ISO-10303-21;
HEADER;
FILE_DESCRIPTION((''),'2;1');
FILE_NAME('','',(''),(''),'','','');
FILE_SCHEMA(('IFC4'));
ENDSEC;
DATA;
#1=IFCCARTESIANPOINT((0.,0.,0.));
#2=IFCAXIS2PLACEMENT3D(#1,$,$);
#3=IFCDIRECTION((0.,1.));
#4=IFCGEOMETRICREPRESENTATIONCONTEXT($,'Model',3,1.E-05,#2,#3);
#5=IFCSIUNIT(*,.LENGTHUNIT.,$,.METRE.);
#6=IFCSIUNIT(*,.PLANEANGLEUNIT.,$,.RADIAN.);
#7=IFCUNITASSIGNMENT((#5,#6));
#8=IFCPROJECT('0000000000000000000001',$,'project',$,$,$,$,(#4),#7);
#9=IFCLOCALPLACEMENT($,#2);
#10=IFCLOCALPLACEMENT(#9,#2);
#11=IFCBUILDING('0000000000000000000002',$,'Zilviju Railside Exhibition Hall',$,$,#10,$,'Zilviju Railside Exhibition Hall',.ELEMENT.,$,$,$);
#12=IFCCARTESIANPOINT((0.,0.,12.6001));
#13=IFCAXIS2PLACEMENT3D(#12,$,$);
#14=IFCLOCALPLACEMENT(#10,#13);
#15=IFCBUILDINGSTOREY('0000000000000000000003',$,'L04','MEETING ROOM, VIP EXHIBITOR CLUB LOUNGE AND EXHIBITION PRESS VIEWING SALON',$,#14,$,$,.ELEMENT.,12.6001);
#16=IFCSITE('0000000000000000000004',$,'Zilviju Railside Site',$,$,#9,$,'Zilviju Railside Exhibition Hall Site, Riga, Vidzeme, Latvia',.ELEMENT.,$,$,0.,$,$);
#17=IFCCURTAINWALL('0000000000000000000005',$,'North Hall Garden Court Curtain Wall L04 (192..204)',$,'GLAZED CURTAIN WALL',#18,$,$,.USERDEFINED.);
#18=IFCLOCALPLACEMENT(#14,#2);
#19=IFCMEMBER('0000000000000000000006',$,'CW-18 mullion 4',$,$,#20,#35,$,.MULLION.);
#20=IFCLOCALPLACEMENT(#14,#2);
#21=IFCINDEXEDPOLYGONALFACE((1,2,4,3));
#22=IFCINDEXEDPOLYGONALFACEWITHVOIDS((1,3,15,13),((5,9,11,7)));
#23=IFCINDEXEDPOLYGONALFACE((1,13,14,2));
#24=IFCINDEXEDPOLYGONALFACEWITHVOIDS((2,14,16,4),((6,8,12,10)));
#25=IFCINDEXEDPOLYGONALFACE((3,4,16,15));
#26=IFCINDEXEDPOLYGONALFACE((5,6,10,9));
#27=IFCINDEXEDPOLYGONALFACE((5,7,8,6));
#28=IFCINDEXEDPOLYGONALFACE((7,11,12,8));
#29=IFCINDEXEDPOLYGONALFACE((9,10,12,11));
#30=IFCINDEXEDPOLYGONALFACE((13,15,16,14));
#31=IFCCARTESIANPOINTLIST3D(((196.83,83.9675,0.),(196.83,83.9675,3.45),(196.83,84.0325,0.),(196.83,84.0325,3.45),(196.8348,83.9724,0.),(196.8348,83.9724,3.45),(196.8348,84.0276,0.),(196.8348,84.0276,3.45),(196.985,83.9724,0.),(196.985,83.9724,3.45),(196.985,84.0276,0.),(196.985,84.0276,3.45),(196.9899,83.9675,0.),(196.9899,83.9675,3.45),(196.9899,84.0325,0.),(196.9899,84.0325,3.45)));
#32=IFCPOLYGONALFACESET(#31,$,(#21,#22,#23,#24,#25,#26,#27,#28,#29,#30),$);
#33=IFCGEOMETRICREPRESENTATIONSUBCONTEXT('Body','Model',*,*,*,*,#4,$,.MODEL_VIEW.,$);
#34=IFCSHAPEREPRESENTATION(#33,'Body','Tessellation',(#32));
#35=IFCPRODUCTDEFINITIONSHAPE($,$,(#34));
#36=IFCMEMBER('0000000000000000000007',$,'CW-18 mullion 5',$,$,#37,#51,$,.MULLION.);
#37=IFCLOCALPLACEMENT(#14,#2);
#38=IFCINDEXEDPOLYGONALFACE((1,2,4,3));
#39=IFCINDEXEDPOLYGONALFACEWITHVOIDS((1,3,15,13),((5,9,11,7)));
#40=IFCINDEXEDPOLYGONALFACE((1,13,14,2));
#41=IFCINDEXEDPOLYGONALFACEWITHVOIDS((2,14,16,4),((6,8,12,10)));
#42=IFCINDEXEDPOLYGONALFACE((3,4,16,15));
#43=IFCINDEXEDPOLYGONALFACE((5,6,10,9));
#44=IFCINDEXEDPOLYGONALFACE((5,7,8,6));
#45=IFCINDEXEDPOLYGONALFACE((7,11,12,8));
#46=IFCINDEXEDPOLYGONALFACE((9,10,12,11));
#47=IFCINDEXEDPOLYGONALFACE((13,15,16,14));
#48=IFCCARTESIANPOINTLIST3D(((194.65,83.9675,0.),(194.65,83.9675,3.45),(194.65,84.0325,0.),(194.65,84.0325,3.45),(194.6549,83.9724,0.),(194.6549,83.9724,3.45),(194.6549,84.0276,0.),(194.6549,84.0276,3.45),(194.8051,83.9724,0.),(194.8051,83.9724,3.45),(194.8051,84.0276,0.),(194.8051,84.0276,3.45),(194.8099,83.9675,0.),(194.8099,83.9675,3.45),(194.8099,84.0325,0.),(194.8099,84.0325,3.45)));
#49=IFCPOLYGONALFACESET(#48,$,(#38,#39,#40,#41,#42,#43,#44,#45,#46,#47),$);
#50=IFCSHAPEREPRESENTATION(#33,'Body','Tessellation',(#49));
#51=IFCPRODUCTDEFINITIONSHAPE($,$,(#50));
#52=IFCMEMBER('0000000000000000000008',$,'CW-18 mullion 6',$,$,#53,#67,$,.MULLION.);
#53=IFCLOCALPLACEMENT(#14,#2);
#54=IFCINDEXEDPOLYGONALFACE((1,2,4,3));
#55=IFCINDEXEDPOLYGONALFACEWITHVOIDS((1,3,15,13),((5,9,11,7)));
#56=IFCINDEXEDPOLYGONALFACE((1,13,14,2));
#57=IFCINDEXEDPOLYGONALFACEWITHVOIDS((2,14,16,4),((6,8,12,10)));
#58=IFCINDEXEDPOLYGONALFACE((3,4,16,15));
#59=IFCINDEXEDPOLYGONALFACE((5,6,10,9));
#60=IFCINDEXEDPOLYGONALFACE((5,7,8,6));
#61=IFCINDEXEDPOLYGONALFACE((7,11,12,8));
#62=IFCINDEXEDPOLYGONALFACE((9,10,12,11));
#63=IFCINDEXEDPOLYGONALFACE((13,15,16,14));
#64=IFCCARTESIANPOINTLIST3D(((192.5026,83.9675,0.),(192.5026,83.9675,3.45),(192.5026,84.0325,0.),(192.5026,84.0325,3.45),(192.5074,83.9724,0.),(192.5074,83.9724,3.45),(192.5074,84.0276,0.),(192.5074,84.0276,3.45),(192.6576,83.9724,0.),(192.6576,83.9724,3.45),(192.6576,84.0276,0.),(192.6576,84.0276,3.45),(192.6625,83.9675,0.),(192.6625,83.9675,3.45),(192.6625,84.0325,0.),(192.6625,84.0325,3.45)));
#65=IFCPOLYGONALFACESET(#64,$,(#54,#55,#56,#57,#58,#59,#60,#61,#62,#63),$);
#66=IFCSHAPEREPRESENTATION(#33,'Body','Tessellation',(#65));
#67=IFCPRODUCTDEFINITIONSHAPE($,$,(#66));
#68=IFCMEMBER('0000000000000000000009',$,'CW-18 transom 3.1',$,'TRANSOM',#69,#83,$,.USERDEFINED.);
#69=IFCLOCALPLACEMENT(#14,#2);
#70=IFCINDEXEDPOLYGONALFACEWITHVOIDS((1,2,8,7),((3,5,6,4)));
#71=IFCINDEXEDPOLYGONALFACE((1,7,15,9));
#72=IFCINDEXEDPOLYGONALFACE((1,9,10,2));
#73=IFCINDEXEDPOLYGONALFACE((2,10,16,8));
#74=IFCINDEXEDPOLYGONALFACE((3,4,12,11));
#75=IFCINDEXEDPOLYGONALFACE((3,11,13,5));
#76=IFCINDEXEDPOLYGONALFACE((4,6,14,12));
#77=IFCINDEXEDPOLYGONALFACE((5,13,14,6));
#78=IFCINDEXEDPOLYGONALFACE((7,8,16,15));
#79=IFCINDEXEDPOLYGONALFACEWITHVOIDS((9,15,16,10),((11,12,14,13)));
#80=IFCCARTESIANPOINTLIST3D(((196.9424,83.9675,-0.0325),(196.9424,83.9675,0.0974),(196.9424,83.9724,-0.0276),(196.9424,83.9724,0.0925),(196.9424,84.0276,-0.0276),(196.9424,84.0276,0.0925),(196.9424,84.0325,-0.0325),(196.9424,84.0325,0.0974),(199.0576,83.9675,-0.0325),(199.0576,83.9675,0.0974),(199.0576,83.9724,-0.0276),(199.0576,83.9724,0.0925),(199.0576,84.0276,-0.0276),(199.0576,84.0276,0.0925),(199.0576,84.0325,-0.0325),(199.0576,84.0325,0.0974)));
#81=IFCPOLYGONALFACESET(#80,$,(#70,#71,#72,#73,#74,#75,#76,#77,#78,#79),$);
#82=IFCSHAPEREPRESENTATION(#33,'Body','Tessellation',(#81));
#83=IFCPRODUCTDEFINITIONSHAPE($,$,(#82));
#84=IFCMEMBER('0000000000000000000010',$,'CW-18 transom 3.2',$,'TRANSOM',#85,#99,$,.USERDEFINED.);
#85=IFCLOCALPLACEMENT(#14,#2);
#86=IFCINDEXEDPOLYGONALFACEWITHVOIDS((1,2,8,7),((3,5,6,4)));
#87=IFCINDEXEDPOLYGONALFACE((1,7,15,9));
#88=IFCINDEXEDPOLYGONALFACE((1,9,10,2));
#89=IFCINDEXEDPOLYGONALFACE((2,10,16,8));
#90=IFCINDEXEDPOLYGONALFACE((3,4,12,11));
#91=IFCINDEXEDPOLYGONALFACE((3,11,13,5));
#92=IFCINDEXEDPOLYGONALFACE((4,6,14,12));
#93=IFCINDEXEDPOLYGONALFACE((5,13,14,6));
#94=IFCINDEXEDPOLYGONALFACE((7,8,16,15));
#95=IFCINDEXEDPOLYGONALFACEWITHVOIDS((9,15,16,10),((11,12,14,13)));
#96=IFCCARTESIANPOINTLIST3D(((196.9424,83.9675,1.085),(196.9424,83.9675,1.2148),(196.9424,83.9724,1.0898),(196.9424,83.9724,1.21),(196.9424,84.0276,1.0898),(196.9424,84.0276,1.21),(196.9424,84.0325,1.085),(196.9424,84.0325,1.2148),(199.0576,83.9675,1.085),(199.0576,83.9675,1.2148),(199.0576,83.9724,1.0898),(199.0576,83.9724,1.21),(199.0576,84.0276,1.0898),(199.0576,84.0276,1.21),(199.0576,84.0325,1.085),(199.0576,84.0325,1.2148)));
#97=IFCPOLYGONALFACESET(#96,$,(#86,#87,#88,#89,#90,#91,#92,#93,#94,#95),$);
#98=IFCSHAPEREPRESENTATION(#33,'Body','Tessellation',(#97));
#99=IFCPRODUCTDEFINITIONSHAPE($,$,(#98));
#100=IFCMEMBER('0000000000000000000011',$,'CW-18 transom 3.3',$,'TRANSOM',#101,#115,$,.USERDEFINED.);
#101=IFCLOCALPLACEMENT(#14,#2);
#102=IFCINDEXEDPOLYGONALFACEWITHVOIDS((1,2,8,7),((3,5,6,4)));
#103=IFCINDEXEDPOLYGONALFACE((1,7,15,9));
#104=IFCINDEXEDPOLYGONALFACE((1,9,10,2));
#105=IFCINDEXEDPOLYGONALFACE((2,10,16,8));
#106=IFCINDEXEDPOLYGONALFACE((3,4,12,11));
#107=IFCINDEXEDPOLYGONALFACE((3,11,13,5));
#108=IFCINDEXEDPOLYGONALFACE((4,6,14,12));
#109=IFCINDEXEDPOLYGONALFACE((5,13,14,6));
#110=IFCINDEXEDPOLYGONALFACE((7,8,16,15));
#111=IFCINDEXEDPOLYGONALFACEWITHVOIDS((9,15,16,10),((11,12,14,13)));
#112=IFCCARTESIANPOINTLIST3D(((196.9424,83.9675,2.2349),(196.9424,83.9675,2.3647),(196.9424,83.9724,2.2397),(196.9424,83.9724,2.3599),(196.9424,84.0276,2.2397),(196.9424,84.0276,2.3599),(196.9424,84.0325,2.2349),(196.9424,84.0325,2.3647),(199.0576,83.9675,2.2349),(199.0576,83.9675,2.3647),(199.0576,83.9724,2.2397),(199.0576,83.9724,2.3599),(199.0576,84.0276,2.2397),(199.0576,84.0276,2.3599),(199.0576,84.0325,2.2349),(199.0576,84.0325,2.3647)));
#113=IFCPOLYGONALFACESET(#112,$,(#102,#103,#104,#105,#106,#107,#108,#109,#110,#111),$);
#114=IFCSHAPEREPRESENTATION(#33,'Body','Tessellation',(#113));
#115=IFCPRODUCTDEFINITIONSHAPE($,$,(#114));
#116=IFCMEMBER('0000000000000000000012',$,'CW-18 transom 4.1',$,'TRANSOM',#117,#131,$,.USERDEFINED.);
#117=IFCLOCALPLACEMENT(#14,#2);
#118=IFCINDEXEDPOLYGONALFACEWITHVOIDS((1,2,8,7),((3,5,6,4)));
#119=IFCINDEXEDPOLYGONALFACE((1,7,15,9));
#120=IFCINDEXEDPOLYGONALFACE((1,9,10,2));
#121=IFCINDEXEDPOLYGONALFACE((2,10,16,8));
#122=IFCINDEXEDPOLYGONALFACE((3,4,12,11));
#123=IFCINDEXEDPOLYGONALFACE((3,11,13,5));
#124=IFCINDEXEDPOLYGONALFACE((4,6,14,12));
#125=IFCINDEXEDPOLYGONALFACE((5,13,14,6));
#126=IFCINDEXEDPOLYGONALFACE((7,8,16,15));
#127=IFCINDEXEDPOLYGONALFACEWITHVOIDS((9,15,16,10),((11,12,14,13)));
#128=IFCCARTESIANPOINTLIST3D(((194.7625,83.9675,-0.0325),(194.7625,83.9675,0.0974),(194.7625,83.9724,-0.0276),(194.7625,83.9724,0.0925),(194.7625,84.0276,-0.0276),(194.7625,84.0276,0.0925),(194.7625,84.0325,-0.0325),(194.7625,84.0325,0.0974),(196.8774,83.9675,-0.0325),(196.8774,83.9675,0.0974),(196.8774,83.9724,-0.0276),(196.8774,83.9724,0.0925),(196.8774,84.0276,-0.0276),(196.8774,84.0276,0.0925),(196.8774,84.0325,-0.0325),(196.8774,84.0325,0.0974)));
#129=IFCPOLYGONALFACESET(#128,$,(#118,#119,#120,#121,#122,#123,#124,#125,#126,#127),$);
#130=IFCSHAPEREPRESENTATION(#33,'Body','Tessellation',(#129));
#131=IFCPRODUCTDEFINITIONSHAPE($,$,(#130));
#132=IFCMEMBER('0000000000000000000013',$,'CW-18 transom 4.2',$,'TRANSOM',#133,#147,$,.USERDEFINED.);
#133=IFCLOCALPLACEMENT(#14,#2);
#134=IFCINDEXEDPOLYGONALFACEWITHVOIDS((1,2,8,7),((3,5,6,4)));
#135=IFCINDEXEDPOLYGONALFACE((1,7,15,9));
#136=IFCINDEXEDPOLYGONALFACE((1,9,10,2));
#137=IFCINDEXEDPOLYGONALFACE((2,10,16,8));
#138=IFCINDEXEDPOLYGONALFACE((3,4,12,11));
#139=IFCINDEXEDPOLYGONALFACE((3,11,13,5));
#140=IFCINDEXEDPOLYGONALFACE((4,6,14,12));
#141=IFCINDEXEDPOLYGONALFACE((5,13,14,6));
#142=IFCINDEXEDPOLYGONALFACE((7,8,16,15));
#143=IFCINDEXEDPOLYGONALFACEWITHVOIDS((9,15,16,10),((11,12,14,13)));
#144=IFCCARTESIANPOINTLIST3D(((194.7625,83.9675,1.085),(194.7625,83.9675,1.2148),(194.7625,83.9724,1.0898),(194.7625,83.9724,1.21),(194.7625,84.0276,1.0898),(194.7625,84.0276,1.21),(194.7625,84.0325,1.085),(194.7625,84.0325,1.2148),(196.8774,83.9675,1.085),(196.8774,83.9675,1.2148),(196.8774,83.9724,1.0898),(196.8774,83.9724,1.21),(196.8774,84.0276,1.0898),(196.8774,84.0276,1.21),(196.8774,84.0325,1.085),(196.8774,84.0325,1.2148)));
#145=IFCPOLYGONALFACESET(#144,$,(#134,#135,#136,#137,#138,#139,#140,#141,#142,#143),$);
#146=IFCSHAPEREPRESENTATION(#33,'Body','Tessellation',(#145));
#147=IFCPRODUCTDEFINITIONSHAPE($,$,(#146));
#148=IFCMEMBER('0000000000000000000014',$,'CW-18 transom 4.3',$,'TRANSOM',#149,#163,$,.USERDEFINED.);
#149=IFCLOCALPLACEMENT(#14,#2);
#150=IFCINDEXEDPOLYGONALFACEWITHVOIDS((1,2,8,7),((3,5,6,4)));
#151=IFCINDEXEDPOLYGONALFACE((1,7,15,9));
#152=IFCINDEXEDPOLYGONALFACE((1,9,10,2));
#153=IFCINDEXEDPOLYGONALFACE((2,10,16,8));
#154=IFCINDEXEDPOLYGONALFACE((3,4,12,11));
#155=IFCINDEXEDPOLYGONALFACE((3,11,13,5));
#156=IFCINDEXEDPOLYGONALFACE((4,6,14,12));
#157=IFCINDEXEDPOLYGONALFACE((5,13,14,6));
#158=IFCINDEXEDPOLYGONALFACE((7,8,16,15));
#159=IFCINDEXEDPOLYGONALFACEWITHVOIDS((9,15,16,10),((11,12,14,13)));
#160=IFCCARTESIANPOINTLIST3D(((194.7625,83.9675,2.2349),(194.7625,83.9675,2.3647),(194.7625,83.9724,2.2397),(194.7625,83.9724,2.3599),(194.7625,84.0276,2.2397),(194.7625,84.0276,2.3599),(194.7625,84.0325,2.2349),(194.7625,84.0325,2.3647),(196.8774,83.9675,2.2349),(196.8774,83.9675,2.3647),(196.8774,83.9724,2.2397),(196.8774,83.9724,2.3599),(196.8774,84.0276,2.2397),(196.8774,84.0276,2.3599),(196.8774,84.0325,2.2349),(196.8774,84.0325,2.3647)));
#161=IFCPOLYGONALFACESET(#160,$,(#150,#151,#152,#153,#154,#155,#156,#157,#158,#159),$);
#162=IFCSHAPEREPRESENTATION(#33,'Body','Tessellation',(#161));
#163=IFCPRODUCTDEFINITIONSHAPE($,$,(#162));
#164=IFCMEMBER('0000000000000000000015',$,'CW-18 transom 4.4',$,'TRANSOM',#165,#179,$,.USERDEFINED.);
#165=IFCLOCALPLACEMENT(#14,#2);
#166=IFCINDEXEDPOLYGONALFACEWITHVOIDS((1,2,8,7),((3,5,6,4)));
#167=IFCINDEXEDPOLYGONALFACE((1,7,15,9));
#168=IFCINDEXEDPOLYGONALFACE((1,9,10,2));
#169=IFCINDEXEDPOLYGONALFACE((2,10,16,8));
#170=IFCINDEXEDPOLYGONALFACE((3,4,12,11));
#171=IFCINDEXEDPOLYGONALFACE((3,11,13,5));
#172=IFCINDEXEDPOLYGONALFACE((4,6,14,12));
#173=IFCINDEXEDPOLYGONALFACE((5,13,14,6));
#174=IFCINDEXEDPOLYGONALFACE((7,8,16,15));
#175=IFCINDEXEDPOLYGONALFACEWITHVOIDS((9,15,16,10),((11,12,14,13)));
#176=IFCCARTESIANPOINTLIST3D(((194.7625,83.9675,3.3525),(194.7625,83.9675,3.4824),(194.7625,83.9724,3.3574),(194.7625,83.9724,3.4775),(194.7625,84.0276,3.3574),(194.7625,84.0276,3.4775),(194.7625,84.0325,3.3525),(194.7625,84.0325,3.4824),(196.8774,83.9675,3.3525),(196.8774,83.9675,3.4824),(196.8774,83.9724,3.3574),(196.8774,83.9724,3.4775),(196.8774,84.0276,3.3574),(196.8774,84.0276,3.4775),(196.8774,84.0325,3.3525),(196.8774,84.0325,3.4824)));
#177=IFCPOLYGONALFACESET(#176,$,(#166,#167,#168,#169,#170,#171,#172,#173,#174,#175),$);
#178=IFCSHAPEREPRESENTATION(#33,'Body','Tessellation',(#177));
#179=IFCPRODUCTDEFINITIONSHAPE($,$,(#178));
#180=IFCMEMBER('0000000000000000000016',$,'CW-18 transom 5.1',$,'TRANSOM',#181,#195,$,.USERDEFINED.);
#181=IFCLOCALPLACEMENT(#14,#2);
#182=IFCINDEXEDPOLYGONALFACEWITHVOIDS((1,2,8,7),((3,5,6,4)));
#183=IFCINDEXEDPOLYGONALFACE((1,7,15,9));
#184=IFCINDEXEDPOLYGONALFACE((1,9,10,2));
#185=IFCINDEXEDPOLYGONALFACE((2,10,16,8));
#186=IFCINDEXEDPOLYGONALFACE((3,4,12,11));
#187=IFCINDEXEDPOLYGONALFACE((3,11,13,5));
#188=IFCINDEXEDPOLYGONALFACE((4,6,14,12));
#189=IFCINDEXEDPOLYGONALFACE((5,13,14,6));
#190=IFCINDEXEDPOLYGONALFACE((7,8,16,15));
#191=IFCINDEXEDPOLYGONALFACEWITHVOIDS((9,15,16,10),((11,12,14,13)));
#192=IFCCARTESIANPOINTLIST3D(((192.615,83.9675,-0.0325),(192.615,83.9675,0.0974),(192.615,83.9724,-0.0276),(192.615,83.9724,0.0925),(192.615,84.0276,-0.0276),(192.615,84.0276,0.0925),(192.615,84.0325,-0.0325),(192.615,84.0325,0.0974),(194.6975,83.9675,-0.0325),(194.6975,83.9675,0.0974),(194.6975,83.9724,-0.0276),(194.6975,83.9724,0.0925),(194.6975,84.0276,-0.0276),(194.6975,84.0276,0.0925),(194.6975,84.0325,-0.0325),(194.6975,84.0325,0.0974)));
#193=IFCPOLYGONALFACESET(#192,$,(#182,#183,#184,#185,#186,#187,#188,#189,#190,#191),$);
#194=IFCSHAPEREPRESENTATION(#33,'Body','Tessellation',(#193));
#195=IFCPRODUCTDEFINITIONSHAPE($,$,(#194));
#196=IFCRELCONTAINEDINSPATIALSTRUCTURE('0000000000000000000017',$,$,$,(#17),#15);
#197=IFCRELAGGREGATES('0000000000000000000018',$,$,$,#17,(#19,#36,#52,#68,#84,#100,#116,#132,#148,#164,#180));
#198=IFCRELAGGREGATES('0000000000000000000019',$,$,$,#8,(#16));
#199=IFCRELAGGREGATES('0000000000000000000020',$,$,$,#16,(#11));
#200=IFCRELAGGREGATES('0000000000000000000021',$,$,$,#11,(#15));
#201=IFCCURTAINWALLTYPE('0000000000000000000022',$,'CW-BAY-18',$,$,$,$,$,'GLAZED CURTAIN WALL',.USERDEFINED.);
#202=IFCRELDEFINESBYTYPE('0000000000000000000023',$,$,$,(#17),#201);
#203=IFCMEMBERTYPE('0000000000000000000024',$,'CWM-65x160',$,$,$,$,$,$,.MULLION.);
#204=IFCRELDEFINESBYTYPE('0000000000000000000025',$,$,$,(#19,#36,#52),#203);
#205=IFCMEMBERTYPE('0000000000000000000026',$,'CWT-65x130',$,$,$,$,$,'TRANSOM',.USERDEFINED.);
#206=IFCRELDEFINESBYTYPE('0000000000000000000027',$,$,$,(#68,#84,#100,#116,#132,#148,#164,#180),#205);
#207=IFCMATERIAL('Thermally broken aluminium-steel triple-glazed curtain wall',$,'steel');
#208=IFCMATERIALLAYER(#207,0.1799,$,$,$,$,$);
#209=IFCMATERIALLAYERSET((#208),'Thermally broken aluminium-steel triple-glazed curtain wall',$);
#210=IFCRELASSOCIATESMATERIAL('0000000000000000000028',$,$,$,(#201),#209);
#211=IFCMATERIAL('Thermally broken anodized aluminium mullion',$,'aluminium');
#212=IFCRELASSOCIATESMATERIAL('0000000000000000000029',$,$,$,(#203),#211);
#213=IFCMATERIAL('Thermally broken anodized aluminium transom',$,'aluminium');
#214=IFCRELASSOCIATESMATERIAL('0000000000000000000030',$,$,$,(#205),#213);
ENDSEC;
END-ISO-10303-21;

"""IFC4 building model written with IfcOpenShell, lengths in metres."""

from ifc_helpers import new_model, si_unit, direction, frame, origin, origin_2d, place, context, subcontext, project, spatial, hollow_rectangle, extrude, material, layer, layer_set, material_profile, profile_set, type_object, element, aggregate, save


model = new_model("IFC4")

# Units and contexts
model_context = context("Model", 3, precision=1e-05, world=origin(), true_north=direction((0.0, 1.0)))
body_context = subcontext(model_context, "Body", "Model", "MODEL_VIEW")
ifc_project = project(units=[si_unit("LENGTHUNIT", "METRE"), si_unit("PLANEANGLEUNIT", "RADIAN")], contexts=[model_context])

# Site, building, storey
site_placement = place(None, origin())
site = spatial("IfcSite", under=ifc_project, at=site_placement, Name="Zilviju Railside Site", LongName="Zilviju Railside Exhibition Hall Site, Riga, Vidzeme, Latvia", CompositionType="ELEMENT", RefElevation=0.0)
building_placement = place(site_placement, origin())
building = spatial("IfcBuilding", under=site, at=building_placement, Name="Zilviju Railside Exhibition Hall", LongName="Zilviju Railside Exhibition Hall", CompositionType="ELEMENT")
storey_placement = place(building_placement, frame((0.0, 0.0, 12.6001)))
storey = spatial("IfcBuildingStorey", under=building, at=storey_placement, Name="L04", Description="MEETING ROOM, VIP EXHIBITOR CLUB LOUNGE AND EXHIBITION PRESS VIEWING SALON", CompositionType="ELEMENT", Elevation=12.6001)

# Curtain wall, members
ifc_material_1 = material(Name="Thermally broken aluminium-steel triple-glazed curtain wall", Category="steel")
ifc_layer_1 = layer(ifc_material_1, 0.1799)
ifc_layer_set_1 = layer_set([ifc_layer_1], Name="Thermally broken aluminium-steel triple-glazed curtain wall")
curtain_wall_type = type_object("IfcCurtainWallType", Name="CW-BAY-18", ElementType="GLAZED CURTAIN WALL", PredefinedType="USERDEFINED", material=ifc_layer_set_1)
curtain_wall_placement = place(storey_placement, origin())
curtain_wall = element("IfcCurtainWall", 1, at=curtain_wall_placement, inside=storey, type_object=curtain_wall_type, Name="North Hall Garden Court Curtain Wall L04 (192..204)", ObjectType="GLAZED CURTAIN WALL", PredefinedType="USERDEFINED")
ifc_material_2 = material(Name="Thermally broken anodized aluminium mullion", Category="aluminium")
ifc_material_profile_1 = material_profile(ifc_material_2, hollow_rectangle(XDim=0.0649, YDim=0.1599, WallThickness=0.0049, at=origin_2d()), Name="MULLION 160x65x5")
ifc_profile_set_1 = profile_set([ifc_material_profile_1], Name="Thermally broken anodized aluminium mullion")
member_type_1 = type_object("IfcMemberType", Name="CWM-65x160", PredefinedType="MULLION", material=ifc_profile_set_1)
member_1_placement = place(storey_placement, frame((196.9099, 84.0, 0.0), z_axis=(0.0, 0.0, 1.0), x_axis=(0.0, -1.0, 0.0)))
member_1 = element("IfcMember", 2, at=member_1_placement, type_object=member_type_1, Name="CW-18 mullion 4", PredefinedType="MULLION", context=body_context, shape_type="SweptSolid", body=[
    extrude(hollow_rectangle(XDim=0.0649, YDim=0.1599, WallThickness=0.0049, at=origin_2d()), origin(), (0.0, 0.0, 1.0), 3.45),
])
member_2_placement = place(storey_placement, frame((194.73, 84.0, 0.0), z_axis=(0.0, 0.0, 1.0), x_axis=(0.0, -1.0, 0.0)))
member_2 = element("IfcMember", 3, at=member_2_placement, type_object=member_type_1, Name="CW-18 mullion 5", PredefinedType="MULLION", context=body_context, shape_type="SweptSolid", body=[
    extrude(hollow_rectangle(XDim=0.0649, YDim=0.1599, WallThickness=0.0049, at=origin_2d()), origin(), (0.0, 0.0, 1.0), 3.45),
])
member_3_placement = place(storey_placement, frame((192.5825, 84.0, 0.0), z_axis=(0.0, 0.0, 1.0), x_axis=(0.0, -1.0, 0.0)))
member_3 = element("IfcMember", 4, at=member_3_placement, type_object=member_type_1, Name="CW-18 mullion 6", PredefinedType="MULLION", context=body_context, shape_type="SweptSolid", body=[
    extrude(hollow_rectangle(XDim=0.0649, YDim=0.1599, WallThickness=0.0049, at=origin_2d()), origin(), (0.0, 0.0, 1.0), 3.45),
])
ifc_material_3 = material(Name="Thermally broken anodized aluminium transom", Category="aluminium")
ifc_material_profile_2 = material_profile(ifc_material_3, hollow_rectangle(XDim=0.0649, YDim=0.1299, WallThickness=0.0049, at=origin_2d()), Name="TRANSOM 130x65x5")
ifc_profile_set_2 = profile_set([ifc_material_profile_2], Name="Thermally broken anodized aluminium transom")
member_type_2 = type_object("IfcMemberType", Name="CWT-65x130", ElementType="TRANSOM", PredefinedType="USERDEFINED", material=ifc_profile_set_2)
member_4_placement = place(storey_placement, frame((199.0576, 84.0, 0.0325), z_axis=(-1.0, 0.0, 0.0), x_axis=(0.0, -1.0, 0.0)))
member_4 = element("IfcMember", 5, at=member_4_placement, type_object=member_type_2, Name="CW-18 transom 3.1", ObjectType="TRANSOM", PredefinedType="USERDEFINED", context=body_context, shape_type="SweptSolid", body=[
    extrude(hollow_rectangle(XDim=0.0649, YDim=0.1299, WallThickness=0.0049, at=origin_2d()), origin(), (0.0, 0.0, 1.0), 2.1152),
])
member_5_placement = place(storey_placement, frame((199.0576, 84.0, 1.1499), z_axis=(-1.0, 0.0, 0.0), x_axis=(0.0, -1.0, 0.0)))
member_5 = element("IfcMember", 6, at=member_5_placement, type_object=member_type_2, Name="CW-18 transom 3.2", ObjectType="TRANSOM", PredefinedType="USERDEFINED", context=body_context, shape_type="SweptSolid", body=[
    extrude(hollow_rectangle(XDim=0.0649, YDim=0.1299, WallThickness=0.0049, at=origin_2d()), origin(), (0.0, 0.0, 1.0), 2.1152),
])
member_6_placement = place(storey_placement, frame((199.0576, 84.0, 2.2998), z_axis=(-1.0, 0.0, 0.0), x_axis=(0.0, -1.0, 0.0)))
member_6 = element("IfcMember", 7, at=member_6_placement, type_object=member_type_2, Name="CW-18 transom 3.3", ObjectType="TRANSOM", PredefinedType="USERDEFINED", context=body_context, shape_type="SweptSolid", body=[
    extrude(hollow_rectangle(XDim=0.0649, YDim=0.1299, WallThickness=0.0049, at=origin_2d()), origin(), (0.0, 0.0, 1.0), 2.1152),
])
member_7_placement = place(storey_placement, frame((196.8774, 84.0, 0.0325), z_axis=(-1.0, 0.0, 0.0), x_axis=(0.0, -1.0, 0.0)))
member_7 = element("IfcMember", 8, at=member_7_placement, type_object=member_type_2, Name="CW-18 transom 4.1", ObjectType="TRANSOM", PredefinedType="USERDEFINED", context=body_context, shape_type="SweptSolid", body=[
    extrude(hollow_rectangle(XDim=0.0649, YDim=0.1299, WallThickness=0.0049, at=origin_2d()), origin(), (0.0, 0.0, 1.0), 2.115),
])
member_8_placement = place(storey_placement, frame((196.8774, 84.0, 1.1499), z_axis=(-1.0, 0.0, 0.0), x_axis=(0.0, -1.0, 0.0)))
member_8 = element("IfcMember", 9, at=member_8_placement, type_object=member_type_2, Name="CW-18 transom 4.2", ObjectType="TRANSOM", PredefinedType="USERDEFINED", context=body_context, shape_type="SweptSolid", body=[
    extrude(hollow_rectangle(XDim=0.0649, YDim=0.1299, WallThickness=0.0049, at=origin_2d()), origin(), (0.0, 0.0, 1.0), 2.115),
])
member_9_placement = place(storey_placement, frame((196.8774, 84.0, 2.2998), z_axis=(-1.0, 0.0, 0.0), x_axis=(0.0, -1.0, 0.0)))
member_9 = element("IfcMember", 10, at=member_9_placement, type_object=member_type_2, Name="CW-18 transom 4.3", ObjectType="TRANSOM", PredefinedType="USERDEFINED", context=body_context, shape_type="SweptSolid", body=[
    extrude(hollow_rectangle(XDim=0.0649, YDim=0.1299, WallThickness=0.0049, at=origin_2d()), origin(), (0.0, 0.0, 1.0), 2.115),
])
member_10_placement = place(storey_placement, frame((196.8774, 84.0, 3.4175), z_axis=(-1.0, 0.0, 0.0), x_axis=(0.0, -1.0, 0.0)))
member_10 = element("IfcMember", 11, at=member_10_placement, type_object=member_type_2, Name="CW-18 transom 4.4", ObjectType="TRANSOM", PredefinedType="USERDEFINED", context=body_context, shape_type="SweptSolid", body=[
    extrude(hollow_rectangle(XDim=0.0649, YDim=0.1299, WallThickness=0.0049, at=origin_2d()), origin(), (0.0, 0.0, 1.0), 2.115),
])
member_11_placement = place(storey_placement, frame((194.6975, 84.0, 0.0325), z_axis=(-1.0, 0.0, 0.0), x_axis=(0.0, -1.0, 0.0)))
member_11 = element("IfcMember", 12, at=member_11_placement, type_object=member_type_2, Name="CW-18 transom 5.1", ObjectType="TRANSOM", PredefinedType="USERDEFINED", context=body_context, shape_type="SweptSolid", body=[
    extrude(hollow_rectangle(XDim=0.0649, YDim=0.1299, WallThickness=0.0049, at=origin_2d()), origin(), (0.0, 0.0, 1.0), 2.0825),
])
aggregate(curtain_wall, [member_1, member_2, member_3, member_4, member_5, member_6, member_7, member_8, member_9, member_10, member_11])

save(model, "model.ifc")
